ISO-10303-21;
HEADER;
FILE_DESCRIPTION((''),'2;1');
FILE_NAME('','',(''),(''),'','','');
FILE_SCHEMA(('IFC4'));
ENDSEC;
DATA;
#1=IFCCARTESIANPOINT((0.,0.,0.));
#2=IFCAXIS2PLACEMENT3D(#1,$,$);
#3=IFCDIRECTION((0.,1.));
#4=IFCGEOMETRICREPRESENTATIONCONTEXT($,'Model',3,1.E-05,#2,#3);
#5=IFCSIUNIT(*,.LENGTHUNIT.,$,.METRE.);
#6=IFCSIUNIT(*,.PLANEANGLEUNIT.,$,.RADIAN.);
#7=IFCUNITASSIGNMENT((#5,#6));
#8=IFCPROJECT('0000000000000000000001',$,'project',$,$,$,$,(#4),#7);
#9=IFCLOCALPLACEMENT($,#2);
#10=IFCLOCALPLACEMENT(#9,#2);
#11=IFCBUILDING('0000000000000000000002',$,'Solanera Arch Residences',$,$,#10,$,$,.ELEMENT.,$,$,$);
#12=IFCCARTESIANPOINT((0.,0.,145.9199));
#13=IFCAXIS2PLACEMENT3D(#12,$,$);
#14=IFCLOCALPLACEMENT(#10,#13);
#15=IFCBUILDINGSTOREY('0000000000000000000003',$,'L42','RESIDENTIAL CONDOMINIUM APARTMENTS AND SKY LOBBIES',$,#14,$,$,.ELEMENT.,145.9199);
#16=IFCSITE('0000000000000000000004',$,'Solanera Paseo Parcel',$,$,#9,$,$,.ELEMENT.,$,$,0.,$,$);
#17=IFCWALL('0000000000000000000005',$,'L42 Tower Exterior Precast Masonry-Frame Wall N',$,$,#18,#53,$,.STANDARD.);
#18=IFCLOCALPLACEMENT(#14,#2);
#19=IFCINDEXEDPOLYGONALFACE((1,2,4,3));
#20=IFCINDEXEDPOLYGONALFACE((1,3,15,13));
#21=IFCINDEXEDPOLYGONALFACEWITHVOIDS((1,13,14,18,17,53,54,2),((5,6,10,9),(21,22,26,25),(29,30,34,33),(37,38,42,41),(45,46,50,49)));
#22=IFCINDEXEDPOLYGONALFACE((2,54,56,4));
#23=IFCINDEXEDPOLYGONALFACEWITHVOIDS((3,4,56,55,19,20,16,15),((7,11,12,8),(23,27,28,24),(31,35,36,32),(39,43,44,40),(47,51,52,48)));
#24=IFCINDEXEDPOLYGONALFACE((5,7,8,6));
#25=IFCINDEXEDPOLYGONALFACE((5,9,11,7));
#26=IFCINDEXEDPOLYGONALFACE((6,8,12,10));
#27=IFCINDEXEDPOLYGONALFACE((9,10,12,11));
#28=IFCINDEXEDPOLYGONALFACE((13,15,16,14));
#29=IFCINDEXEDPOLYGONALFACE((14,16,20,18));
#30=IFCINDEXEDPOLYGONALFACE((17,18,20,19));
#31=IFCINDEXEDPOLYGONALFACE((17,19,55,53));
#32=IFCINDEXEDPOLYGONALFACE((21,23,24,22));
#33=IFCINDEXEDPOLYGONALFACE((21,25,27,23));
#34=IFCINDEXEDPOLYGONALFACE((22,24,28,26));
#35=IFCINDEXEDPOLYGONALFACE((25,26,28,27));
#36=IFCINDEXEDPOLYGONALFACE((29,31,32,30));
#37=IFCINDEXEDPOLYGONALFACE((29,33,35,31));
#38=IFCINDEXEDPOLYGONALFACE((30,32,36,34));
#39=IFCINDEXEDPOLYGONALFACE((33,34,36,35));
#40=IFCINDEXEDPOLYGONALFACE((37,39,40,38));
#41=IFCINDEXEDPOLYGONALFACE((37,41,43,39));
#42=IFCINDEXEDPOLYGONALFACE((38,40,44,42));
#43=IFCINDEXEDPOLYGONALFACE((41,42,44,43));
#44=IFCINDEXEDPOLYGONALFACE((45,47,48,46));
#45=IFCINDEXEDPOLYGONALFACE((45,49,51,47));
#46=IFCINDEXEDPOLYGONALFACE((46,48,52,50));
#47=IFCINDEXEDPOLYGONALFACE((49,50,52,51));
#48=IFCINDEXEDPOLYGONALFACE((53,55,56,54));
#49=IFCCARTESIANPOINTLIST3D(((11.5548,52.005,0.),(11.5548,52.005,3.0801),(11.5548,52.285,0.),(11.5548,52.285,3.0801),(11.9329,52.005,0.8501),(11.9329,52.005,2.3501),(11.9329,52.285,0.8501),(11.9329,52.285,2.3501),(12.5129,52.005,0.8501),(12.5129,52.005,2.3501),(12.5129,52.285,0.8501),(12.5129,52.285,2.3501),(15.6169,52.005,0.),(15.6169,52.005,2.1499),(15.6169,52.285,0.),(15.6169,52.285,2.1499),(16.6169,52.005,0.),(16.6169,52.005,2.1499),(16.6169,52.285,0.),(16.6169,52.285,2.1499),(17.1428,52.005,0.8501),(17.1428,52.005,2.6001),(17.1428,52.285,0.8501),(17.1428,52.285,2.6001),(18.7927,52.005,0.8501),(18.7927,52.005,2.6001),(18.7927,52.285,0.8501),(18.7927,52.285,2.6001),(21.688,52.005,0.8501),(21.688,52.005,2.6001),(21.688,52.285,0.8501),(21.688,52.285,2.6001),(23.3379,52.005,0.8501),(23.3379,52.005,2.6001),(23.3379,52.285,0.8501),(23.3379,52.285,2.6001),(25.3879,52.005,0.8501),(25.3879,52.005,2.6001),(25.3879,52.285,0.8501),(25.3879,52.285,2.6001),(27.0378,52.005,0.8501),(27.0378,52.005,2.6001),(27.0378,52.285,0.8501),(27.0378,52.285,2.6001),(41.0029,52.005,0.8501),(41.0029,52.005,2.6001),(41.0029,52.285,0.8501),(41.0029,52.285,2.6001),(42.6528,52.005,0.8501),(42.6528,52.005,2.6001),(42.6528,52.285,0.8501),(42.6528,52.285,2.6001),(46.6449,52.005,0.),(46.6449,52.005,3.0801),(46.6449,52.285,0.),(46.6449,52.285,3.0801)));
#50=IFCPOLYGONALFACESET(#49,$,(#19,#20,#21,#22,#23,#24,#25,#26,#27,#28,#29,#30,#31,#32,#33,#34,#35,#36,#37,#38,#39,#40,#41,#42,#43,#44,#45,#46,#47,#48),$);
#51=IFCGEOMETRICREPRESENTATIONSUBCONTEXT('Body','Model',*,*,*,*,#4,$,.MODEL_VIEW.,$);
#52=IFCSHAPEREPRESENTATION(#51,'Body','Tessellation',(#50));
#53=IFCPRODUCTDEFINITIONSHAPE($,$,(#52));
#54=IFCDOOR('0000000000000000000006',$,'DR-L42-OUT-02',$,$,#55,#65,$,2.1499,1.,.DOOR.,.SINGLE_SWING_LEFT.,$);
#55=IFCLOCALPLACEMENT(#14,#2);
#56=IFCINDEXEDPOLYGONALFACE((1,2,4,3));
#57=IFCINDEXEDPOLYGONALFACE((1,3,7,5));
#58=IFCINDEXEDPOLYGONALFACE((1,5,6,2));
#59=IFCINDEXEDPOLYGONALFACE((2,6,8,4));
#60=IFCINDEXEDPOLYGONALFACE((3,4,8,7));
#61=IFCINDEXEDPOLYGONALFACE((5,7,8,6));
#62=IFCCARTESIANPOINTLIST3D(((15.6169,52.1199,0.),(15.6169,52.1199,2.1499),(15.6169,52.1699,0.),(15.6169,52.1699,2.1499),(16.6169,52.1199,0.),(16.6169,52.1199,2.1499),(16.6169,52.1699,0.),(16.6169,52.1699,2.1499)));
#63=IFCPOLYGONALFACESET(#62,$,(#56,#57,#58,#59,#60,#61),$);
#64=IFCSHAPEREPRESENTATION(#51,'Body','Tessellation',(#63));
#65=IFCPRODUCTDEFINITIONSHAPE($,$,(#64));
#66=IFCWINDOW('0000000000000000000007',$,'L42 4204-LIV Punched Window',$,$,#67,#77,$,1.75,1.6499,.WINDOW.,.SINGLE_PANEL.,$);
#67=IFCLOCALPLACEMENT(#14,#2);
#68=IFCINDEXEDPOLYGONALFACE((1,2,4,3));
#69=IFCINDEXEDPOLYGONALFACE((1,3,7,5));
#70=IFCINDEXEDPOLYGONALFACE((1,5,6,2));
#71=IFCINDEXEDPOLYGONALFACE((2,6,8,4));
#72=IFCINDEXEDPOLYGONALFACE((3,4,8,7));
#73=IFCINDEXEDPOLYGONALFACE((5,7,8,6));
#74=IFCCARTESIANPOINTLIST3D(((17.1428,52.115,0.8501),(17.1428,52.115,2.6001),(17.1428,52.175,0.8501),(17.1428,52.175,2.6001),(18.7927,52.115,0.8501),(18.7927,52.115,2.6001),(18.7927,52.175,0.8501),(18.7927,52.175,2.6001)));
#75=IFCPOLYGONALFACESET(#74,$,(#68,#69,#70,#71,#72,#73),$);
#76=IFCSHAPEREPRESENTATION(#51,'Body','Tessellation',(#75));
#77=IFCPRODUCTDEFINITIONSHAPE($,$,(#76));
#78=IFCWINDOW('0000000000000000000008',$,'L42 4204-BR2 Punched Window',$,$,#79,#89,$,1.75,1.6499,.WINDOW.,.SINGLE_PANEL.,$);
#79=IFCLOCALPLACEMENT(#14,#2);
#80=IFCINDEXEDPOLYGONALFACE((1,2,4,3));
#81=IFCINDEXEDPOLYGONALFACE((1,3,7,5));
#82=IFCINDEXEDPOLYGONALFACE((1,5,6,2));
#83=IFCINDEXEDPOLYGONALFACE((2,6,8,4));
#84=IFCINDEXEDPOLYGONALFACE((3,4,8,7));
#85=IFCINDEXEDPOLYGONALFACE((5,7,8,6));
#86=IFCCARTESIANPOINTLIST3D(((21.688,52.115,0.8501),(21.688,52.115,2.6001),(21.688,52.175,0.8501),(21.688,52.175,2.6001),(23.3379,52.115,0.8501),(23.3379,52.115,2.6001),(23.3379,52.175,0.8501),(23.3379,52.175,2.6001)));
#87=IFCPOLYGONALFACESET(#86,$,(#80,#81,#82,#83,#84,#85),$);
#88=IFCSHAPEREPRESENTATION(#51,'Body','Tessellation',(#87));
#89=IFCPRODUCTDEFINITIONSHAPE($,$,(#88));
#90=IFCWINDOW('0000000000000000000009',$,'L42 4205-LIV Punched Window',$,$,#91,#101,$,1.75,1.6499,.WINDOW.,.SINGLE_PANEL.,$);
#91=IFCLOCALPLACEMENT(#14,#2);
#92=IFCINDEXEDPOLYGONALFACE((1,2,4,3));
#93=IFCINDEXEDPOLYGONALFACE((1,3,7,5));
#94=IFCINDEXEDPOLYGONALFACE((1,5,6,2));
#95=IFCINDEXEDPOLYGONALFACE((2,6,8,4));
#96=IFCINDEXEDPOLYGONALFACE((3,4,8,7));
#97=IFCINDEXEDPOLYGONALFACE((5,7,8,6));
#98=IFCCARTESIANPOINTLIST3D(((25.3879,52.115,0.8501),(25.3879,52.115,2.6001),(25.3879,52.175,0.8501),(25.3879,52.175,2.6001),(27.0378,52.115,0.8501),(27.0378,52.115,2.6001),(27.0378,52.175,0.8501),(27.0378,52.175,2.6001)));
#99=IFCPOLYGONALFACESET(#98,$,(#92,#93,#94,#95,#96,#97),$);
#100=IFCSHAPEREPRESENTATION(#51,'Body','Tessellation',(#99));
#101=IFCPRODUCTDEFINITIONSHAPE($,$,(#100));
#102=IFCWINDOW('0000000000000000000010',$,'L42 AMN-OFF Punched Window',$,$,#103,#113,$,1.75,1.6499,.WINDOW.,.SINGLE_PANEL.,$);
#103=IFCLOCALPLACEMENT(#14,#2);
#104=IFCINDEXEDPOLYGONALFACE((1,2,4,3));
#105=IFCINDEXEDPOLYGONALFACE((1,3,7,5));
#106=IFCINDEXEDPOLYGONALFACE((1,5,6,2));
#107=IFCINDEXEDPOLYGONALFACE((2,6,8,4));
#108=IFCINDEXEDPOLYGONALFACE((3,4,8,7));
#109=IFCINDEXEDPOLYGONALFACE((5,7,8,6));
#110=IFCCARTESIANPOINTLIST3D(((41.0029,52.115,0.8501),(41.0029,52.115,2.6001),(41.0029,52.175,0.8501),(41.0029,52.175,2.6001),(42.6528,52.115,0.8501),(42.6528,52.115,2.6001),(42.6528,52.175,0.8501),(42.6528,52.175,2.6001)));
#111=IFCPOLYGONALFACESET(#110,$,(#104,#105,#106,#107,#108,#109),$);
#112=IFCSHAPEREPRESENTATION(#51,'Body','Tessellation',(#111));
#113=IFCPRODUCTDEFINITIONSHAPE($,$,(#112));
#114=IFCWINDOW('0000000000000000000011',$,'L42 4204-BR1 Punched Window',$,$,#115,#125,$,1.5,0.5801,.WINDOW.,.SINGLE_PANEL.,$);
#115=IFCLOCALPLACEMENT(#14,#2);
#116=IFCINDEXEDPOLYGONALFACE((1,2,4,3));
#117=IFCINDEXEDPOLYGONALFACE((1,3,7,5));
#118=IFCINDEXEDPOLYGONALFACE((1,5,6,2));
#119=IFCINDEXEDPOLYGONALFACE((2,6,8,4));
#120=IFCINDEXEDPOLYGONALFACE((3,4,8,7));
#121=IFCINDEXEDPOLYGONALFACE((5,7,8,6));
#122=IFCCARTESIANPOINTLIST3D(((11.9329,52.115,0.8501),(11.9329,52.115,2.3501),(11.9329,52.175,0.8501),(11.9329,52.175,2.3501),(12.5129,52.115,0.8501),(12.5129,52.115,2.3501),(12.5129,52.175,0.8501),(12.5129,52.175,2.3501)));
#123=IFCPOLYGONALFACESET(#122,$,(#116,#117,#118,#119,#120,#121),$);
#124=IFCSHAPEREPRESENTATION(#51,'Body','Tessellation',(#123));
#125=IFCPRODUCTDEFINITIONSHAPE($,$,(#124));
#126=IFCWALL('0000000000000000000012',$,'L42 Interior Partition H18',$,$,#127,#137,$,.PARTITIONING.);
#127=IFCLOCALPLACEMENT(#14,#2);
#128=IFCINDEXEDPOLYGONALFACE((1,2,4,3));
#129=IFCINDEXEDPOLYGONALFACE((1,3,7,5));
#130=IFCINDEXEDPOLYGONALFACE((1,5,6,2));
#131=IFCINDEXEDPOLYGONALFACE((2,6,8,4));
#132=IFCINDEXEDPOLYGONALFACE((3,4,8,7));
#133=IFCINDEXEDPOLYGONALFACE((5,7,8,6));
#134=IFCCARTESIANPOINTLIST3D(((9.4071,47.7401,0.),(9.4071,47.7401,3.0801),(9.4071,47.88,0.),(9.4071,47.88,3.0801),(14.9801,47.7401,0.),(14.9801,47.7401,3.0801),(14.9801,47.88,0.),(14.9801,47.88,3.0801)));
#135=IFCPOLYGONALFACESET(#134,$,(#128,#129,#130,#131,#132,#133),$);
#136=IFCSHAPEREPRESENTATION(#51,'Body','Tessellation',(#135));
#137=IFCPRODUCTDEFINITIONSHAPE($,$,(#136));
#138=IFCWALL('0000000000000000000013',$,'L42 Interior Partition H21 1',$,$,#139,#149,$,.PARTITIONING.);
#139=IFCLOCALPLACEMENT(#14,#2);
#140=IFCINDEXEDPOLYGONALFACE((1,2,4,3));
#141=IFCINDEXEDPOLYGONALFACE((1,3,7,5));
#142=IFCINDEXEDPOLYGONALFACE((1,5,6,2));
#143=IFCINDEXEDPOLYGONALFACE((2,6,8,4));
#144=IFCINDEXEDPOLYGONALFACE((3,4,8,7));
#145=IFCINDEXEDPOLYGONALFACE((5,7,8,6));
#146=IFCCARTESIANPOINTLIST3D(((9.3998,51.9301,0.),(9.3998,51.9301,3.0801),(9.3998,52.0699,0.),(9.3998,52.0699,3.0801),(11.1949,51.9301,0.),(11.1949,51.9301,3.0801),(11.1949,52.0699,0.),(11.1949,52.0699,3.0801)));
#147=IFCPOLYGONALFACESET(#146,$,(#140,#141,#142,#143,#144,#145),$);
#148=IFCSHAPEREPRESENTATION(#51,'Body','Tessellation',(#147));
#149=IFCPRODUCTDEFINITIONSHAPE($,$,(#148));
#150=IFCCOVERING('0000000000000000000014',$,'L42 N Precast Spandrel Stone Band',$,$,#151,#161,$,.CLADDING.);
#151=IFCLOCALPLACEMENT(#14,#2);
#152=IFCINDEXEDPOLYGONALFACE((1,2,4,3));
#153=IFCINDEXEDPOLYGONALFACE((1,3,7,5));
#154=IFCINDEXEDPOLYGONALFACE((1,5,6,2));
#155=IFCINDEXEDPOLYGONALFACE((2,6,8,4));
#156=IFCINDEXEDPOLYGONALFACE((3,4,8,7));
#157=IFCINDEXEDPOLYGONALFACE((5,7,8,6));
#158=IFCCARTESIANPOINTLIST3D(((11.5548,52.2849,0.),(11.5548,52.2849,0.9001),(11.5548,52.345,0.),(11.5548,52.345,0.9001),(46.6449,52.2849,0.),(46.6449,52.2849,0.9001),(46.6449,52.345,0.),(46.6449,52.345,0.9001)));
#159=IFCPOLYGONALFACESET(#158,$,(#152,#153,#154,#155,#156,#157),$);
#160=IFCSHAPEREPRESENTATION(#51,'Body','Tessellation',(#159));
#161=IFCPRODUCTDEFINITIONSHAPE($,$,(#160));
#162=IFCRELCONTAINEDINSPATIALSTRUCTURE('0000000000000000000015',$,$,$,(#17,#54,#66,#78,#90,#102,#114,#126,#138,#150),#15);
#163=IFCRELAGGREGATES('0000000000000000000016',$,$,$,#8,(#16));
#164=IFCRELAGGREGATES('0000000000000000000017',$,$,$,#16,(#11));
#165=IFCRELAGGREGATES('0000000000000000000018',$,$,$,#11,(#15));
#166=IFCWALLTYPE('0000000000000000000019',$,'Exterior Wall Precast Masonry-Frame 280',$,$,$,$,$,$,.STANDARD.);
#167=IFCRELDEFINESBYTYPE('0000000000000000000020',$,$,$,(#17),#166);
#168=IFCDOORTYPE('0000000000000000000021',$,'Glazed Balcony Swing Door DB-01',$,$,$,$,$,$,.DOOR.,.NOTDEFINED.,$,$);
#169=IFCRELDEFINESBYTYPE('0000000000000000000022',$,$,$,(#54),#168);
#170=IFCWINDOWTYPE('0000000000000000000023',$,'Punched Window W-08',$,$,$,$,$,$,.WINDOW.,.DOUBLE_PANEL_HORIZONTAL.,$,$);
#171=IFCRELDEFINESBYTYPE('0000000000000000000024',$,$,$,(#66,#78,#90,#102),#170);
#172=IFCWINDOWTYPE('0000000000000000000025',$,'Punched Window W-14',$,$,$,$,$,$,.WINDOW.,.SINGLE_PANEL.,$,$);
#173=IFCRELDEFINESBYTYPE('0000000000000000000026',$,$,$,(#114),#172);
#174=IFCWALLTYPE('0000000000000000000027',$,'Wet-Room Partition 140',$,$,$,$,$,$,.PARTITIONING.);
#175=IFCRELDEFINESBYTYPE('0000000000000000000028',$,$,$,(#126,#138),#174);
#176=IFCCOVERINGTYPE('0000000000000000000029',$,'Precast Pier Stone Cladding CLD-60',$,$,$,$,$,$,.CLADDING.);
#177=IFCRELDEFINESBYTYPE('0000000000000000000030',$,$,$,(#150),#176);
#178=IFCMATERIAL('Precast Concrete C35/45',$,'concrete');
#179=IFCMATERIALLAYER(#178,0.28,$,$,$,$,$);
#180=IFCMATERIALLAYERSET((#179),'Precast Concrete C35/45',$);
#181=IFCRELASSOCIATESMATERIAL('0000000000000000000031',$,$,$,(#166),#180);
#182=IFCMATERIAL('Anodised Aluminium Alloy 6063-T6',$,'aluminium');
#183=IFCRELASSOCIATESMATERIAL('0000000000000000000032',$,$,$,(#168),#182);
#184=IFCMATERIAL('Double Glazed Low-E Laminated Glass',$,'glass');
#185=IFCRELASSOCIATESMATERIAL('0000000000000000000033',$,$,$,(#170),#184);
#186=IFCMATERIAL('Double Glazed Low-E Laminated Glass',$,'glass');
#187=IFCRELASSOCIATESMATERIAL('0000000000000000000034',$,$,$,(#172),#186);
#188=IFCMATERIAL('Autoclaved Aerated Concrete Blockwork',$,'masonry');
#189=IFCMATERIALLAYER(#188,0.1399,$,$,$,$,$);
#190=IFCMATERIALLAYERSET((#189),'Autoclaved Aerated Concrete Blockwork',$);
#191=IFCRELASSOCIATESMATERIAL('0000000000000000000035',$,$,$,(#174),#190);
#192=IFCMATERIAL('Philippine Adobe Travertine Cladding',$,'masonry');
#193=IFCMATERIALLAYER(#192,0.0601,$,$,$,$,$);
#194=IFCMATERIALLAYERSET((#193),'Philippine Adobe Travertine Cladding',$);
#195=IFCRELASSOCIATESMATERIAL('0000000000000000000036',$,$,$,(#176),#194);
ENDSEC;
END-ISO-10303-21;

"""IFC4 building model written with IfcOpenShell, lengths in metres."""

from ifc_helpers import new_model, si_unit, direction, frame, frame_2d, origin, place, context, subcontext, project, spatial, rectangle, extrude, material, layer, layer_set, type_object, element, fill, save


model = new_model("IFC4")

# Units and contexts
model_context = context("Model", 3, precision=1e-05, world=origin(), true_north=direction((0.0, 1.0)))
body_context = subcontext(model_context, "Body", "Model", "MODEL_VIEW")
ifc_project = project(units=[si_unit("LENGTHUNIT", "METRE"), si_unit("PLANEANGLEUNIT", "RADIAN")], contexts=[model_context])

# Site, building, storey
site_placement = place(None, origin())
site = spatial("IfcSite", under=ifc_project, at=site_placement, Name="Solanera Paseo Parcel", CompositionType="ELEMENT", RefElevation=0.0)
building_placement = place(site_placement, origin())
building = spatial("IfcBuilding", under=site, at=building_placement, Name="Solanera Arch Residences", CompositionType="ELEMENT")
storey_placement = place(building_placement, frame((0.0, 0.0, 145.9199)))
storey = spatial("IfcBuildingStorey", under=building, at=storey_placement, Name="L42", Description="RESIDENTIAL CONDOMINIUM APARTMENTS AND SKY LOBBIES", CompositionType="ELEMENT", Elevation=145.9199)

# Shared definitions
ifc_material_1 = material(Name="Precast Concrete C35/45", Category="concrete")
ifc_layer_1 = layer(ifc_material_1, 0.28)
ifc_layer_set_1 = layer_set([ifc_layer_1], Name="Precast Concrete C35/45")
wall_type_1 = type_object("IfcWallType", Name="Exterior Wall Precast Masonry-Frame 280", PredefinedType="STANDARD", material=ifc_layer_set_1)

# Wall, openings, door, windows
wall_1_placement = place(storey_placement, frame((11.5549, 52.145, 0.0), z_axis=(0.0, 0.0, 1.0), x_axis=(1.0, 0.0, 0.0)))
wall_1 = element("IfcWall", 1, at=wall_1_placement, inside=storey, type_object=wall_type_1, Name="L42 Tower Exterior Precast Masonry-Frame Wall N", PredefinedType="STANDARD", context=body_context, shape_type="SweptSolid", body=[
    extrude(rectangle(XDim=35.0901, YDim=0.28, at=frame_2d((17.5449, 0.0))), origin(), (0.0, 0.0, 1.0), 3.0801),
])
opening_1_placement = place(wall_1_placement, frame((4.062, 0.0, 0.0)))
opening_1 = element("IfcOpeningElement", 2, at=opening_1_placement, cuts=wall_1, PredefinedType="OPENING", context=body_context, shape_type="SweptSolid", body=[
    extrude(rectangle(XDim=1.0, YDim=2.1499, at=frame_2d((0.5, 1.075))), frame((0.0, 0.1499, 0.0), z_axis=(0.0, -1.0, 0.0), x_axis=(1.0, 0.0, 0.0)), (0.0, 0.0, 1.0), 0.3),
])
opening_2_placement = place(wall_1_placement, frame((5.5879, 0.0, 0.8501)))
opening_2 = element("IfcOpeningElement", 3, at=opening_2_placement, cuts=wall_1, PredefinedType="OPENING", context=body_context, shape_type="SweptSolid", body=[
    extrude(rectangle(XDim=1.6499, YDim=1.75, at=frame_2d((0.825, 0.875))), frame((0.0, 0.1499, 0.0), z_axis=(0.0, -1.0, 0.0), x_axis=(1.0, 0.0, 0.0)), (0.0, 0.0, 1.0), 0.3),
])
opening_3_placement = place(wall_1_placement, frame((0.3779, 0.0, 0.8501)))
opening_3 = element("IfcOpeningElement", 4, at=opening_3_placement, cuts=wall_1, PredefinedType="OPENING", context=body_context, shape_type="SweptSolid", body=[
    extrude(rectangle(XDim=0.5801, YDim=1.5, at=frame_2d((0.29, 0.75))), frame((0.0, 0.1499, 0.0), z_axis=(0.0, -1.0, 0.0), x_axis=(1.0, 0.0, 0.0)), (0.0, 0.0, 1.0), 0.3),
])
opening_4_placement = place(wall_1_placement, frame((10.1331, 0.0, 0.8501)))
opening_4 = element("IfcOpeningElement", 5, at=opening_4_placement, cuts=wall_1, PredefinedType="OPENING", context=body_context, shape_type="SweptSolid", body=[
    extrude(rectangle(XDim=1.6499, YDim=1.75, at=frame_2d((0.825, 0.875))), frame((0.0, 0.1499, 0.0), z_axis=(0.0, -1.0, 0.0), x_axis=(1.0, 0.0, 0.0)), (0.0, 0.0, 1.0), 0.3),
])
opening_5_placement = place(wall_1_placement, frame((13.833, 0.0, 0.8501)))
opening_5 = element("IfcOpeningElement", 6, at=opening_5_placement, cuts=wall_1, PredefinedType="OPENING", context=body_context, shape_type="SweptSolid", body=[
    extrude(rectangle(XDim=1.6499, YDim=1.75, at=frame_2d((0.825, 0.875))), frame((0.0, 0.1499, 0.0), z_axis=(0.0, -1.0, 0.0), x_axis=(1.0, 0.0, 0.0)), (0.0, 0.0, 1.0), 0.3),
])
opening_6_placement = place(wall_1_placement, frame((29.448, 0.0, 0.8501)))
opening_6 = element("IfcOpeningElement", 7, at=opening_6_placement, cuts=wall_1, PredefinedType="OPENING", context=body_context, shape_type="SweptSolid", body=[
    extrude(rectangle(XDim=1.6499, YDim=1.75, at=frame_2d((0.825, 0.875))), frame((0.0, 0.1499, 0.0), z_axis=(0.0, -1.0, 0.0), x_axis=(1.0, 0.0, 0.0)), (0.0, 0.0, 1.0), 0.3),
])
ifc_material_2 = material(Name="Anodised Aluminium Alloy 6063-T6", Category="aluminium")
door_type = type_object("IfcDoorType", Name="Glazed Balcony Swing Door DB-01", OperationType="NOTDEFINED", PredefinedType="DOOR", material=ifc_material_2)
door_placement = place(opening_1_placement, origin())
door = element("IfcDoor", 8, at=door_placement, inside=storey, type_object=door_type, Name="DR-L42-OUT-02", OperationType="SINGLE_SWING_LEFT", OverallHeight=2.1499, OverallWidth=1.0, PredefinedType="DOOR", context=body_context, shape_type="SweptSolid", body=[
    extrude(rectangle(XDim=1.0, YDim=2.1499, at=frame_2d((0.5, 1.075))), frame((0.0, 0.0249, 0.0), z_axis=(0.0, -1.0, 0.0), x_axis=(1.0, 0.0, 0.0)), (0.0, 0.0, 1.0), 0.05),
])
fill(opening_1, door)
ifc_material_3 = material(Name="Double Glazed Low-E Laminated Glass", Category="glass")
window_type_1 = type_object("IfcWindowType", Name="Punched Window W-08", PartitioningType="DOUBLE_PANEL_HORIZONTAL", PredefinedType="WINDOW", material=ifc_material_3)
window_1_placement = place(opening_2_placement, origin())
window_1 = element("IfcWindow", 9, at=window_1_placement, inside=storey, type_object=window_type_1, Name="L42 4204-LIV Punched Window", OverallHeight=1.75, OverallWidth=1.6499, PartitioningType="SINGLE_PANEL", PredefinedType="WINDOW", context=body_context, shape_type="SweptSolid", body=[
    extrude(rectangle(XDim=1.6499, YDim=1.75, at=frame_2d((0.825, 0.875))), frame((0.0, 0.03, 0.0), z_axis=(0.0, -1.0, 0.0), x_axis=(1.0, 0.0, 0.0)), (0.0, 0.0, 1.0), 0.0601),
])
fill(opening_2, window_1)
window_2_placement = place(opening_4_placement, origin())
window_2 = element("IfcWindow", 10, at=window_2_placement, inside=storey, type_object=window_type_1, Name="L42 4204-BR2 Punched Window", OverallHeight=1.75, OverallWidth=1.6499, PartitioningType="SINGLE_PANEL", PredefinedType="WINDOW", context=body_context, shape_type="SweptSolid", body=[
    extrude(rectangle(XDim=1.6499, YDim=1.75, at=frame_2d((0.825, 0.875))), frame((0.0, 0.03, 0.0), z_axis=(0.0, -1.0, 0.0), x_axis=(1.0, 0.0, 0.0)), (0.0, 0.0, 1.0), 0.0601),
])
fill(opening_4, window_2)
window_3_placement = place(opening_5_placement, origin())
window_3 = element("IfcWindow", 11, at=window_3_placement, inside=storey, type_object=window_type_1, Name="L42 4205-LIV Punched Window", OverallHeight=1.75, OverallWidth=1.6499, PartitioningType="SINGLE_PANEL", PredefinedType="WINDOW", context=body_context, shape_type="SweptSolid", body=[
    extrude(rectangle(XDim=1.6499, YDim=1.75, at=frame_2d((0.825, 0.875))), frame((0.0, 0.03, 0.0), z_axis=(0.0, -1.0, 0.0), x_axis=(1.0, 0.0, 0.0)), (0.0, 0.0, 1.0), 0.0601),
])
fill(opening_5, window_3)
window_4_placement = place(opening_6_placement, origin())
window_4 = element("IfcWindow", 12, at=window_4_placement, inside=storey, type_object=window_type_1, Name="L42 AMN-OFF Punched Window", OverallHeight=1.75, OverallWidth=1.6499, PartitioningType="SINGLE_PANEL", PredefinedType="WINDOW", context=body_context, shape_type="SweptSolid", body=[
    extrude(rectangle(XDim=1.6499, YDim=1.75, at=frame_2d((0.825, 0.875))), frame((0.0, 0.03, 0.0), z_axis=(0.0, -1.0, 0.0), x_axis=(1.0, 0.0, 0.0)), (0.0, 0.0, 1.0), 0.0601),
])
fill(opening_6, window_4)
ifc_material_4 = material(Name="Double Glazed Low-E Laminated Glass", Category="glass")
window_type_2 = type_object("IfcWindowType", Name="Punched Window W-14", PartitioningType="SINGLE_PANEL", PredefinedType="WINDOW", material=ifc_material_4)
window_5_placement = place(opening_3_placement, origin())
window_5 = element("IfcWindow", 13, at=window_5_placement, inside=storey, type_object=window_type_2, Name="L42 4204-BR1 Punched Window", OverallHeight=1.5, OverallWidth=0.5801, PartitioningType="SINGLE_PANEL", PredefinedType="WINDOW", context=body_context, shape_type="SweptSolid", body=[
    extrude(rectangle(XDim=0.5801, YDim=1.5, at=frame_2d((0.29, 0.75))), frame((0.0, 0.03, 0.0), z_axis=(0.0, -1.0, 0.0), x_axis=(1.0, 0.0, 0.0)), (0.0, 0.0, 1.0), 0.0601),
])
fill(opening_3, window_5)

# Walls
ifc_material_5 = material(Name="Autoclaved Aerated Concrete Blockwork", Category="masonry")
ifc_layer_2 = layer(ifc_material_5, 0.1399)
ifc_layer_set_2 = layer_set([ifc_layer_2], Name="Autoclaved Aerated Concrete Blockwork")
wall_type_2 = type_object("IfcWallType", Name="Wet-Room Partition 140", PredefinedType="PARTITIONING", material=ifc_layer_set_2)
wall_2_placement = place(storey_placement, frame((9.407, 47.8101, 0.0), z_axis=(0.0, 0.0, 1.0), x_axis=(1.0, 0.0, 0.0)))
element("IfcWall", 14, at=wall_2_placement, inside=storey, type_object=wall_type_2, Name="L42 Interior Partition H18", PredefinedType="PARTITIONING", context=body_context, shape_type="SweptSolid", body=[
    extrude(rectangle(XDim=5.573, YDim=0.1399, at=frame_2d((2.7866, 0.0))), origin(), (0.0, 0.0, 1.0), 3.0801),
])
wall_3_placement = place(storey_placement, frame((9.3999, 52.0, 0.0), z_axis=(0.0, 0.0, 1.0), x_axis=(1.0, 0.0, 0.0)))
element("IfcWall", 15, at=wall_3_placement, inside=storey, type_object=wall_type_2, Name="L42 Interior Partition H21 1", PredefinedType="PARTITIONING", context=body_context, shape_type="SweptSolid", body=[
    extrude(rectangle(XDim=1.7952, YDim=0.1399, at=frame_2d((0.8975, 0.0))), origin(), (0.0, 0.0, 1.0), 3.0801),
])

# Covering
ifc_material_6 = material(Name="Philippine Adobe Travertine Cladding", Category="masonry")
ifc_layer_3 = layer(ifc_material_6, 0.0601)
ifc_layer_set_3 = layer_set([ifc_layer_3], Name="Philippine Adobe Travertine Cladding")
covering_type = type_object("IfcCoveringType", Name="Precast Pier Stone Cladding CLD-60", PredefinedType="CLADDING", material=ifc_layer_set_3)
covering_placement = place(storey_placement, frame((11.5549, 52.3149, 0.0), z_axis=(0.0, 0.0, 1.0), x_axis=(1.0, 0.0, 0.0)))
element("IfcCovering", 16, at=covering_placement, inside=storey, type_object=covering_type, Name="L42 N Precast Spandrel Stone Band", PredefinedType="CLADDING", context=body_context, shape_type="SweptSolid", body=[
    extrude(rectangle(XDim=35.0901, YDim=0.0601, at=frame_2d((17.5449, 0.0))), origin(), (0.0, 0.0, 1.0), 0.9001),
])

save(model, "model.ifc")
